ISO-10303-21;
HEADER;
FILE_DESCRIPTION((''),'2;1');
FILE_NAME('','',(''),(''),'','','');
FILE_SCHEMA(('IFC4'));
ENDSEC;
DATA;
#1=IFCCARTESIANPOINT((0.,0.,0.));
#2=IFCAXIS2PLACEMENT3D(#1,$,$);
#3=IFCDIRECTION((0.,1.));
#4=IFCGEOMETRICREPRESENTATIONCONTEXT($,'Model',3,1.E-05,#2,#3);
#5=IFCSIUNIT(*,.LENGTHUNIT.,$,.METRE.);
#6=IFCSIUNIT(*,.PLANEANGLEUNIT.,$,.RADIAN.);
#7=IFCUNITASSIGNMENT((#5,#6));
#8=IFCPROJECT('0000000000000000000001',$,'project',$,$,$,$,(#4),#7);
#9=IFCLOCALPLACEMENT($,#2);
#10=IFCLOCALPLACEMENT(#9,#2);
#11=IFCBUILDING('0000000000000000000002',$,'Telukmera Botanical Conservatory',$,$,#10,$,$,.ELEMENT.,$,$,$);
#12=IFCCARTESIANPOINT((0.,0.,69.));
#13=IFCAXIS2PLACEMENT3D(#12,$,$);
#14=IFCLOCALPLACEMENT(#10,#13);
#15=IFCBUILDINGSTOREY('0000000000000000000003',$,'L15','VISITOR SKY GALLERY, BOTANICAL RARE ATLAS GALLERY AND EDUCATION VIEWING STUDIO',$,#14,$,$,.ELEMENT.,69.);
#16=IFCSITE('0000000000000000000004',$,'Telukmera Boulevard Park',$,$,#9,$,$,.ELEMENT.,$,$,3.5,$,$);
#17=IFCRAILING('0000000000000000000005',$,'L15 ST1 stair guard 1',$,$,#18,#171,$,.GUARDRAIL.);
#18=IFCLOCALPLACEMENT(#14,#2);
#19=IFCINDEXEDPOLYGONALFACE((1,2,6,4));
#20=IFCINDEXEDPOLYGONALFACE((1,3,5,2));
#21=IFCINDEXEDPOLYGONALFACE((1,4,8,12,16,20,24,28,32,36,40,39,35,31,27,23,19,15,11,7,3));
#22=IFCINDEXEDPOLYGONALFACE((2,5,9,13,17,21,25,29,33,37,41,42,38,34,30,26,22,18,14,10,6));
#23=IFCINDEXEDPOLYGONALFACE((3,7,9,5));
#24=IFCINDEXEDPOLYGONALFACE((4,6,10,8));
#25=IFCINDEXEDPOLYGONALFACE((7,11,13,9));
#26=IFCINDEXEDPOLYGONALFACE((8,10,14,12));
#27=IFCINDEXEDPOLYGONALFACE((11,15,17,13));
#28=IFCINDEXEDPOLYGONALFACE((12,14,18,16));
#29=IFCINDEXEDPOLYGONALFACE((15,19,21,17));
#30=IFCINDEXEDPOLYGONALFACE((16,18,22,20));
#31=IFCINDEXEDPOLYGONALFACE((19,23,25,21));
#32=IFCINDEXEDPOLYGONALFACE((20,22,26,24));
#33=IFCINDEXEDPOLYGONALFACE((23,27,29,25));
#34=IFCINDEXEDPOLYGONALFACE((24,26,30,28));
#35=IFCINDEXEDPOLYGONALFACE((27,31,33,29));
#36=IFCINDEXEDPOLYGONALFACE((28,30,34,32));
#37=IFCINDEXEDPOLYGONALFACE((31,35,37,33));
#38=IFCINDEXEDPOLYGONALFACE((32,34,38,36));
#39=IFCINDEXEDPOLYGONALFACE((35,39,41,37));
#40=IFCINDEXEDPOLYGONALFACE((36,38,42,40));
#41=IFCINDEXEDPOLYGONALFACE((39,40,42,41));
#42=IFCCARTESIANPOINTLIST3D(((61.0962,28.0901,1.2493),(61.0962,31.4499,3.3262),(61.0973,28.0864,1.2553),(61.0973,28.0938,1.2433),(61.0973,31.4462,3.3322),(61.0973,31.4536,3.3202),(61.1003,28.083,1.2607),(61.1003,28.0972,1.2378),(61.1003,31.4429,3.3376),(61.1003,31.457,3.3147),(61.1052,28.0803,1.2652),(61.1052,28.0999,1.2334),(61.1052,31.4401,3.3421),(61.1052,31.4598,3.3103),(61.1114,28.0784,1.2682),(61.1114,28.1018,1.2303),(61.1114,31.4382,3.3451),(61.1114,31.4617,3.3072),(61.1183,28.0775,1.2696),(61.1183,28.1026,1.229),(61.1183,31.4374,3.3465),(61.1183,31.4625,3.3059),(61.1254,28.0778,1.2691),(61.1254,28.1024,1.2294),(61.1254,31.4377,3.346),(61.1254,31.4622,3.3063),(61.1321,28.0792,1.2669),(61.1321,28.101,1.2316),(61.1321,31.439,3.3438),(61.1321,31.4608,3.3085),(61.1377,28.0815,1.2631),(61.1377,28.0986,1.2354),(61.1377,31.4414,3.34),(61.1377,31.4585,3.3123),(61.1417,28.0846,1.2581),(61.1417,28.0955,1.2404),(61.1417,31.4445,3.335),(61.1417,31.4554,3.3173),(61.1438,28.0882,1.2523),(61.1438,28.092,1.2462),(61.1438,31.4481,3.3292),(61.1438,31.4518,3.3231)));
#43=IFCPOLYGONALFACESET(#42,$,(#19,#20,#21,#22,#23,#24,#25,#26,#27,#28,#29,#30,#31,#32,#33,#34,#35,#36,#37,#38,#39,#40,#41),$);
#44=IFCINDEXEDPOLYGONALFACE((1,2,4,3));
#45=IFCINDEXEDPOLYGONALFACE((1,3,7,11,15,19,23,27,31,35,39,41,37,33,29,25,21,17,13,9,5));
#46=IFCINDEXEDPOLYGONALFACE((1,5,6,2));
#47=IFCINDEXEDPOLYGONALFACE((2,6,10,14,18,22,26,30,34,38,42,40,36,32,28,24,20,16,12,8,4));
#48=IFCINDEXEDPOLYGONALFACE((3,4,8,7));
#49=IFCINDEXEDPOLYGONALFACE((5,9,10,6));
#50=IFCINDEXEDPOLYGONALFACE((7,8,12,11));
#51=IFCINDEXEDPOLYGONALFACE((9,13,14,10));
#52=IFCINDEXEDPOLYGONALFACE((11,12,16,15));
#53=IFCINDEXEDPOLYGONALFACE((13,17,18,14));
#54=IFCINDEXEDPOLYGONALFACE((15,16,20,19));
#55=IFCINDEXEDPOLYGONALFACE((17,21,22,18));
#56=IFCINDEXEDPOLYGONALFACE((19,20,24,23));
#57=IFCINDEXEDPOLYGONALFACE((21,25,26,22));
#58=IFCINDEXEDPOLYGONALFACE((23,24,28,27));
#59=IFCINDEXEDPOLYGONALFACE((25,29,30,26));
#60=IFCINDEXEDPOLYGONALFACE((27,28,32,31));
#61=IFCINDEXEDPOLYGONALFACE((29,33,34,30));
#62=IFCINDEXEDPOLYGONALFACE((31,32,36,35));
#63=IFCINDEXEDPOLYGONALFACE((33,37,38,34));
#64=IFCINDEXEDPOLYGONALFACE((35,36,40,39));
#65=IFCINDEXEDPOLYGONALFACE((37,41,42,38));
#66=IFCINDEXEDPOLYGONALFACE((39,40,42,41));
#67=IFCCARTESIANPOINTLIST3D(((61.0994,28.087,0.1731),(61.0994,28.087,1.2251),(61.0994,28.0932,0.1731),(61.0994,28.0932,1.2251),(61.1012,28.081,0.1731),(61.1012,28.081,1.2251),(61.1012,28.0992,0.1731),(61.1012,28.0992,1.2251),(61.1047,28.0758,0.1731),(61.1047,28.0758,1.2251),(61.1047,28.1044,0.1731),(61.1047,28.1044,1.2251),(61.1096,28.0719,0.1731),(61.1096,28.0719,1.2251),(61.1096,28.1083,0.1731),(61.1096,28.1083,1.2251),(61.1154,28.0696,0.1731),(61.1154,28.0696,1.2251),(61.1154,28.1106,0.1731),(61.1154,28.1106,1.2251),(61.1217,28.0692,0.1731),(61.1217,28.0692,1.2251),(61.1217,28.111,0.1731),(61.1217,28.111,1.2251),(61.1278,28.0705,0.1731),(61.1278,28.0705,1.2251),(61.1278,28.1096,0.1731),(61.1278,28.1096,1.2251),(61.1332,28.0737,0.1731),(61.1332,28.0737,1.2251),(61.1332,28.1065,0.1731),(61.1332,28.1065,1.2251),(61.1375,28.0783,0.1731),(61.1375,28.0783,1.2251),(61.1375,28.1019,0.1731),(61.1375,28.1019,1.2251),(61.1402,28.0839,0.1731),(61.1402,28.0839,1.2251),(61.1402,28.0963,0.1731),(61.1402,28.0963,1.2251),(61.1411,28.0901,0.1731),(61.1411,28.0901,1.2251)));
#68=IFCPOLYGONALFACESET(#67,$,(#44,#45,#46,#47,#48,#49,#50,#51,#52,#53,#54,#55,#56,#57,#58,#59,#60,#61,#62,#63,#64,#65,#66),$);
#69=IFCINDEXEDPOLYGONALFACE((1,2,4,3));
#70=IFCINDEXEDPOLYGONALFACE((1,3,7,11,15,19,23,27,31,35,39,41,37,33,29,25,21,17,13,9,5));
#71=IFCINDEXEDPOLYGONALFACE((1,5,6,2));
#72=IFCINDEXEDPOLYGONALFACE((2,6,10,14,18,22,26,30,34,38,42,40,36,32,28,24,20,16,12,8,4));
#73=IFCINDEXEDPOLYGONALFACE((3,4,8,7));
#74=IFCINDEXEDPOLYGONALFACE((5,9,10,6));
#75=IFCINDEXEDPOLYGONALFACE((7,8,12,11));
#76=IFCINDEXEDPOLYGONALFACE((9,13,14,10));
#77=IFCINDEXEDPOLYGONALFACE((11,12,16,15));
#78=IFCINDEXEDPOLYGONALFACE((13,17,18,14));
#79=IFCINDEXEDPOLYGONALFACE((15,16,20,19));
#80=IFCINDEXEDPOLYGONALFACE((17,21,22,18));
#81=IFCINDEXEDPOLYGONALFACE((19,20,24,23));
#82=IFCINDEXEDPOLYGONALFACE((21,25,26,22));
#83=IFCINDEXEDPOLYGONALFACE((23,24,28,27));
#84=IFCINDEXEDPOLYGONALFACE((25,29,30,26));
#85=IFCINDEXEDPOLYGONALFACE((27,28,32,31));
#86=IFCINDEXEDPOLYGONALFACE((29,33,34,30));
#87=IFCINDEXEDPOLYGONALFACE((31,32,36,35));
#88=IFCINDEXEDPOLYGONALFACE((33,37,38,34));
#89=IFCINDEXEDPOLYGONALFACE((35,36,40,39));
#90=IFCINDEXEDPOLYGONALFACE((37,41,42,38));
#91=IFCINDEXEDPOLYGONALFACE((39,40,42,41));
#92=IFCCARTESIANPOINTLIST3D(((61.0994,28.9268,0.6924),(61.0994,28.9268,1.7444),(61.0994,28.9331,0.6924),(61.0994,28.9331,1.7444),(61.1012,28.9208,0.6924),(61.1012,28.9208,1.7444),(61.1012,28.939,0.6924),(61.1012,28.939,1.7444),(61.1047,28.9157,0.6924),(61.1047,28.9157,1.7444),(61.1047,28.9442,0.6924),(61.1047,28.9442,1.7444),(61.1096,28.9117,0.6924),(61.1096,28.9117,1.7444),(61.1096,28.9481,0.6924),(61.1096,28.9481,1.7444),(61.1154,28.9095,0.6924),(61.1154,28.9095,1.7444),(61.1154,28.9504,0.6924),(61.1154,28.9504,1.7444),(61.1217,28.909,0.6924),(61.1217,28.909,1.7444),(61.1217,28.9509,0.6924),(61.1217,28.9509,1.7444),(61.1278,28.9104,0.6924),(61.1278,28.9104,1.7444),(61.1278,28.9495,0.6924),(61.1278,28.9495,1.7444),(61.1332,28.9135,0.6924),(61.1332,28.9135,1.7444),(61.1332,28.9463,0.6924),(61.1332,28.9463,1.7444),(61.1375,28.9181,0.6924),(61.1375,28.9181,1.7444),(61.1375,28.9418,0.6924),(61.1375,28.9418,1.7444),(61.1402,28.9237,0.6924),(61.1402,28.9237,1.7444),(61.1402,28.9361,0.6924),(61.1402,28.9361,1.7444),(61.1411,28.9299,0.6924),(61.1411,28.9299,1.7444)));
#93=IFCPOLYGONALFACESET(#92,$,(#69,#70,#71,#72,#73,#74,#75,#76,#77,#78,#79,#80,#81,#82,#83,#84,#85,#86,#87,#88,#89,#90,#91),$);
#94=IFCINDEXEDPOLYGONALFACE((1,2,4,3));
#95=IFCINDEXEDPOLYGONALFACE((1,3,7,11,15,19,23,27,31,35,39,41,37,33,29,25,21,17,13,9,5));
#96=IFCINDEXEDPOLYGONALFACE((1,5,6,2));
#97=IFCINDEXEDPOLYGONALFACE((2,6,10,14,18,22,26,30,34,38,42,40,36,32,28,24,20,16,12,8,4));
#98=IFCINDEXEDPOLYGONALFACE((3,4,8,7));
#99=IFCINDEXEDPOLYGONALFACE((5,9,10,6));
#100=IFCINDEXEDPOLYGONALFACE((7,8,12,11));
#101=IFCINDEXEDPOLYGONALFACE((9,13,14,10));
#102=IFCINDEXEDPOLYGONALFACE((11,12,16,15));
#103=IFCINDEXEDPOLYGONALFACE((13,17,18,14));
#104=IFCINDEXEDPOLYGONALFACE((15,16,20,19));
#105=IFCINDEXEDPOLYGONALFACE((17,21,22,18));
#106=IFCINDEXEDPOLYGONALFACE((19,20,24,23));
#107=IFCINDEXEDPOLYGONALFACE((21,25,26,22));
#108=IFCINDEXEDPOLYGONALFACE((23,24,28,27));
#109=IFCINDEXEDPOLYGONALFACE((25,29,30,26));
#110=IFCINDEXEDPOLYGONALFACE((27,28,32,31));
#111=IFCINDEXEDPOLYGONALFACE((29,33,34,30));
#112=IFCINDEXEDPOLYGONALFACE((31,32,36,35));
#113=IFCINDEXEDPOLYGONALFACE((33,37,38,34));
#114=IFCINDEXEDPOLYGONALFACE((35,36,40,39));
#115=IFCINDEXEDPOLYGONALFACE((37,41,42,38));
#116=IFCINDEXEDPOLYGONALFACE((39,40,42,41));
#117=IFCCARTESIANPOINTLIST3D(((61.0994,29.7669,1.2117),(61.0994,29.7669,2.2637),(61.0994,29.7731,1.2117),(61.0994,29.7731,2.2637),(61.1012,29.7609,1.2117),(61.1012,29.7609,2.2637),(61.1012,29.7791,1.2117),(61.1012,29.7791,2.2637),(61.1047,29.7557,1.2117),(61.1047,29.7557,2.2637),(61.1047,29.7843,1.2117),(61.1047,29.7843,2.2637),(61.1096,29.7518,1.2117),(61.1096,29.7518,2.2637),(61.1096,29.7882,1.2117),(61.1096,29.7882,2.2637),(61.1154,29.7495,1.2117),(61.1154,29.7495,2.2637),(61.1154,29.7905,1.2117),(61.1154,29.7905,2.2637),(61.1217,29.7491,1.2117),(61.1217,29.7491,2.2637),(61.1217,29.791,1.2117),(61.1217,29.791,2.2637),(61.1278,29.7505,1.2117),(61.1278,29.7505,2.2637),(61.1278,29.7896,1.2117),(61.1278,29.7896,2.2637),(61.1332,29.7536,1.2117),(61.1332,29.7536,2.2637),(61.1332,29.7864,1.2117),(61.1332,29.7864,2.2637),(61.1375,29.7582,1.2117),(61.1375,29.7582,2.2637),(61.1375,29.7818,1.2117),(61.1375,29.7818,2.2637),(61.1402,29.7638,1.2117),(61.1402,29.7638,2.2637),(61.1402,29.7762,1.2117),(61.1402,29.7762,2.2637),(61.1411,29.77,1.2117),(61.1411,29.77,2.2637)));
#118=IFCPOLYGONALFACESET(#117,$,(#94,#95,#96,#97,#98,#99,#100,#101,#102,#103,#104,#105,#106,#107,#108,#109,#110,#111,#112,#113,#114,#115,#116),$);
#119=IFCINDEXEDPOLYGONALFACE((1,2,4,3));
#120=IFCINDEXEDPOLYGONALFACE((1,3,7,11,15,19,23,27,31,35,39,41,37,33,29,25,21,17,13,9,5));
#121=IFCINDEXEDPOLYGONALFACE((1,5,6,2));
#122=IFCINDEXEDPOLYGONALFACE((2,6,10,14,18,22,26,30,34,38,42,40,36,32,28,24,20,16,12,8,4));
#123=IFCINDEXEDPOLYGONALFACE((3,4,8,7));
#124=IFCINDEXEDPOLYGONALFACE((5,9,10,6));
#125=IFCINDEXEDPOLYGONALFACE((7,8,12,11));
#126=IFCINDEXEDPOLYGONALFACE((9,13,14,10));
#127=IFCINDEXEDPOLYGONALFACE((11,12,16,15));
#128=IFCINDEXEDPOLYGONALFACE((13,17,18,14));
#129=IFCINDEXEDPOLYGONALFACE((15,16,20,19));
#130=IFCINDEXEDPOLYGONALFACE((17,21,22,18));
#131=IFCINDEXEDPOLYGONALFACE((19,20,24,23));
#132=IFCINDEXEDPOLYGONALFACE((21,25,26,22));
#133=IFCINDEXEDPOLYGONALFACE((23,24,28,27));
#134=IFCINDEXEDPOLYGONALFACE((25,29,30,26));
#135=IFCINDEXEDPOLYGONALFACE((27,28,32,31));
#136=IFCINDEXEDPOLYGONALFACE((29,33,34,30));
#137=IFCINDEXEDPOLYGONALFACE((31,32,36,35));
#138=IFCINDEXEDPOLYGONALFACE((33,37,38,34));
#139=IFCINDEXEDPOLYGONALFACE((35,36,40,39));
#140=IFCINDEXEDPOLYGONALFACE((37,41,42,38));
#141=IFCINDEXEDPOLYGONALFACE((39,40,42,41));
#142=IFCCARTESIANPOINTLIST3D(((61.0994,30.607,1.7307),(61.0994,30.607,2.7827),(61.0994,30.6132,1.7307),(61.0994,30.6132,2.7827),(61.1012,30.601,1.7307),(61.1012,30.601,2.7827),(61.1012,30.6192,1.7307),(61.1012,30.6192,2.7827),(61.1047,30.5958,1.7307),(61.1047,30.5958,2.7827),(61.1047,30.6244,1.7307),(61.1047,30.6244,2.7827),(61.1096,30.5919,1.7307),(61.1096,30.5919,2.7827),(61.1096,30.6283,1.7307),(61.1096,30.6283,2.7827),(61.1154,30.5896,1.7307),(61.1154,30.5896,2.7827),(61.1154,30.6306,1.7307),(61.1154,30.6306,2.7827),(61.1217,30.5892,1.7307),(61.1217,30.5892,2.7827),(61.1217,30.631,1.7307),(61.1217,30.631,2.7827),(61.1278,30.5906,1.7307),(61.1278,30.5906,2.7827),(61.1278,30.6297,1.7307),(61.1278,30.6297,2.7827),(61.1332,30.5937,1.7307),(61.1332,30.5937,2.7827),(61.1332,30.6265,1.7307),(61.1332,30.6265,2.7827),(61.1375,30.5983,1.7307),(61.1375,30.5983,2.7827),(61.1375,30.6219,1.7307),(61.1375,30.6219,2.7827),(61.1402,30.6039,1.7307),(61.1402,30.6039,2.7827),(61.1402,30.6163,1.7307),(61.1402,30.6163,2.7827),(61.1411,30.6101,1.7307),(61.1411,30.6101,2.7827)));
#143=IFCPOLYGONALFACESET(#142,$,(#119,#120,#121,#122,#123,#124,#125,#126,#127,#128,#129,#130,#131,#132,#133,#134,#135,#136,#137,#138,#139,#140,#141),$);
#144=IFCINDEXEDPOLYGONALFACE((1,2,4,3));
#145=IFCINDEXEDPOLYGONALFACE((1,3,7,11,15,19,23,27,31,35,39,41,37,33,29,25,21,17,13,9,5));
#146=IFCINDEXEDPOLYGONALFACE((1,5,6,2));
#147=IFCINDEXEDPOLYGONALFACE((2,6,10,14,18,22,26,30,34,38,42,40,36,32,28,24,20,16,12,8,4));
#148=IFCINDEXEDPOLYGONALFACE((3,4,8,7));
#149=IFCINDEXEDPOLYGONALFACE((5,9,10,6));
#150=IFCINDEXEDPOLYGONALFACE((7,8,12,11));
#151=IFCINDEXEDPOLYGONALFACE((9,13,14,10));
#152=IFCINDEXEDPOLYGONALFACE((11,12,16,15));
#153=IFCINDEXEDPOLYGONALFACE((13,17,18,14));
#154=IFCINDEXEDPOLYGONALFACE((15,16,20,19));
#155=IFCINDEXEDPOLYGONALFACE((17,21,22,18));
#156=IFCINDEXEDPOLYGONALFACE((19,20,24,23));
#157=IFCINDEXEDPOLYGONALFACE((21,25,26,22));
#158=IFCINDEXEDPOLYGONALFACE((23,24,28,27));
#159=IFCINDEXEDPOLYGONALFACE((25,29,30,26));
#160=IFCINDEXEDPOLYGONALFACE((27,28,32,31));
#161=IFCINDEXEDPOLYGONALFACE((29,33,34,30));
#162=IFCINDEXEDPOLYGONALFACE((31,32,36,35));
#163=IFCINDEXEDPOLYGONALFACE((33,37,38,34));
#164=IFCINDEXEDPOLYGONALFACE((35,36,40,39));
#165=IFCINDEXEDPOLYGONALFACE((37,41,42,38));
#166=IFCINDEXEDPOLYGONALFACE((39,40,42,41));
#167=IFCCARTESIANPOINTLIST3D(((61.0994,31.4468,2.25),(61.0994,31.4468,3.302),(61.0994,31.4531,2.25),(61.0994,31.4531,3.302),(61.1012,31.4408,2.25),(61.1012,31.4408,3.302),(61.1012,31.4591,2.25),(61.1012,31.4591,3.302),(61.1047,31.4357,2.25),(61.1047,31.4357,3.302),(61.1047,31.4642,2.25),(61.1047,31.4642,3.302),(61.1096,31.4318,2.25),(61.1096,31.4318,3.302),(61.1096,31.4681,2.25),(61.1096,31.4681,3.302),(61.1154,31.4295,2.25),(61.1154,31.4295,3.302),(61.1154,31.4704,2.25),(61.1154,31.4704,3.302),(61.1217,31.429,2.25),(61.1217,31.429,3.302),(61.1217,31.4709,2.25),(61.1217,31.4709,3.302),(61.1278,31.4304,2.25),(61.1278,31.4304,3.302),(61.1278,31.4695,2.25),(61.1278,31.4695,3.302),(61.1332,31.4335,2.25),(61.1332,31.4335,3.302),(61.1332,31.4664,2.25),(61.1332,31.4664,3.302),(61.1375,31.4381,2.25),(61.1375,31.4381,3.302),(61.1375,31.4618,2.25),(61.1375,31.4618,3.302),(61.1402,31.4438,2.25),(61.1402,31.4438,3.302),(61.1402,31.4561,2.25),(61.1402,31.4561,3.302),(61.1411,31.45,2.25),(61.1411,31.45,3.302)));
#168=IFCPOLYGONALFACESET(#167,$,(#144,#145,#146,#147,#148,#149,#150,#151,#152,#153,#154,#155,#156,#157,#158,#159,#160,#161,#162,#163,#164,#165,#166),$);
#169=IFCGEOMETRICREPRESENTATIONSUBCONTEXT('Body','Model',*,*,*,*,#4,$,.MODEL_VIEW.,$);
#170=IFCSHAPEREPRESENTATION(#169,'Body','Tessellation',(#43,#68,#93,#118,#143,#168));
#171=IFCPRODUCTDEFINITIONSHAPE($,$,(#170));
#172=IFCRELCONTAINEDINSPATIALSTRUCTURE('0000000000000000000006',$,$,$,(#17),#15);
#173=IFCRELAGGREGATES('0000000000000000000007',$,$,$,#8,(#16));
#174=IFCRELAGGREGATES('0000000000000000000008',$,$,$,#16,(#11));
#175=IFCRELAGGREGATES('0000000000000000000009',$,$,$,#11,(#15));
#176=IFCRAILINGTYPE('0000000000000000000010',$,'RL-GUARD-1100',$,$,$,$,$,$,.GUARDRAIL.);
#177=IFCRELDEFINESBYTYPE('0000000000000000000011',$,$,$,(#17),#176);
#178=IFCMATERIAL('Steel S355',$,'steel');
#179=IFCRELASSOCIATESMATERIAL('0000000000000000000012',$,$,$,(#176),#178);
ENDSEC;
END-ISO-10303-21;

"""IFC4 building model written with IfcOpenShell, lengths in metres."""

from ifc_helpers import new_model, si_unit, direction, frame, origin, origin_2d, place, context, subcontext, project, spatial, circle, extrude, material, type_object, element, save


model = new_model("IFC4")

# Units and contexts
model_context = context("Model", 3, precision=1e-05, world=origin(), true_north=direction((0.0, 1.0)))
body_context = subcontext(model_context, "Body", "Model", "MODEL_VIEW")
ifc_project = project(units=[si_unit("LENGTHUNIT", "METRE"), si_unit("PLANEANGLEUNIT", "RADIAN")], contexts=[model_context])

# Site, building, storey
site_placement = place(None, origin())
site = spatial("IfcSite", under=ifc_project, at=site_placement, Name="Telukmera Boulevard Park", CompositionType="ELEMENT", RefElevation=3.5)
building_placement = place(site_placement, origin())
building = spatial("IfcBuilding", under=site, at=building_placement, Name="Telukmera Botanical Conservatory", CompositionType="ELEMENT")
storey_placement = place(building_placement, frame((0.0, 0.0, 69.0)))
storey = spatial("IfcBuildingStorey", under=building, at=storey_placement, Name="L15", Description="VISITOR SKY GALLERY, BOTANICAL RARE ATLAS GALLERY AND EDUCATION VIEWING STUDIO", CompositionType="ELEMENT", Elevation=69.0)

# Railing
ifc_material_1 = material(Name="Steel S355", Category="steel")
railing_type_1 = type_object("IfcRailingType", Name="RL-GUARD-1100", PredefinedType="GUARDRAIL", material=ifc_material_1)
railing_1_placement = place(storey_placement, frame((61.1201, 28.0901, 0.1731)))
element("IfcRailing", 1, at=railing_1_placement, inside=storey, type_object=railing_type_1, Name="L15 ST1 stair guard 1", PredefinedType="GUARDRAIL", context=body_context, shape_type="SweptSolid", body=[
    extrude(circle(Radius=0.0239, at=origin_2d()), frame((0.0, 0.0, 1.0762), z_axis=(0.0, 0.850606, 0.525803), x_axis=(-1.0, 0.0, 0.0)), (0.0, 0.0, 1.0), 3.95),
    extrude(circle(Radius=0.021, at=origin_2d()), origin(), (0.0, 0.0, 1.0), 1.052),
    extrude(circle(Radius=0.021, at=origin_2d()), frame((0.0, 0.8398, 0.5193)), (0.0, 0.0, 1.0), 1.052),
    extrude(circle(Radius=0.021, at=origin_2d()), frame((0.0, 1.6799, 1.0386)), (0.0, 0.0, 1.0), 1.052),
    extrude(circle(Radius=0.021, at=origin_2d()), frame((0.0, 2.52, 1.5576)), (0.0, 0.0, 1.0), 1.052),
    extrude(circle(Radius=0.021, at=origin_2d()), frame((0.0, 3.3599, 2.0769)), (0.0, 0.0, 1.0), 1.052),
])

save(model, "model.ifc")
